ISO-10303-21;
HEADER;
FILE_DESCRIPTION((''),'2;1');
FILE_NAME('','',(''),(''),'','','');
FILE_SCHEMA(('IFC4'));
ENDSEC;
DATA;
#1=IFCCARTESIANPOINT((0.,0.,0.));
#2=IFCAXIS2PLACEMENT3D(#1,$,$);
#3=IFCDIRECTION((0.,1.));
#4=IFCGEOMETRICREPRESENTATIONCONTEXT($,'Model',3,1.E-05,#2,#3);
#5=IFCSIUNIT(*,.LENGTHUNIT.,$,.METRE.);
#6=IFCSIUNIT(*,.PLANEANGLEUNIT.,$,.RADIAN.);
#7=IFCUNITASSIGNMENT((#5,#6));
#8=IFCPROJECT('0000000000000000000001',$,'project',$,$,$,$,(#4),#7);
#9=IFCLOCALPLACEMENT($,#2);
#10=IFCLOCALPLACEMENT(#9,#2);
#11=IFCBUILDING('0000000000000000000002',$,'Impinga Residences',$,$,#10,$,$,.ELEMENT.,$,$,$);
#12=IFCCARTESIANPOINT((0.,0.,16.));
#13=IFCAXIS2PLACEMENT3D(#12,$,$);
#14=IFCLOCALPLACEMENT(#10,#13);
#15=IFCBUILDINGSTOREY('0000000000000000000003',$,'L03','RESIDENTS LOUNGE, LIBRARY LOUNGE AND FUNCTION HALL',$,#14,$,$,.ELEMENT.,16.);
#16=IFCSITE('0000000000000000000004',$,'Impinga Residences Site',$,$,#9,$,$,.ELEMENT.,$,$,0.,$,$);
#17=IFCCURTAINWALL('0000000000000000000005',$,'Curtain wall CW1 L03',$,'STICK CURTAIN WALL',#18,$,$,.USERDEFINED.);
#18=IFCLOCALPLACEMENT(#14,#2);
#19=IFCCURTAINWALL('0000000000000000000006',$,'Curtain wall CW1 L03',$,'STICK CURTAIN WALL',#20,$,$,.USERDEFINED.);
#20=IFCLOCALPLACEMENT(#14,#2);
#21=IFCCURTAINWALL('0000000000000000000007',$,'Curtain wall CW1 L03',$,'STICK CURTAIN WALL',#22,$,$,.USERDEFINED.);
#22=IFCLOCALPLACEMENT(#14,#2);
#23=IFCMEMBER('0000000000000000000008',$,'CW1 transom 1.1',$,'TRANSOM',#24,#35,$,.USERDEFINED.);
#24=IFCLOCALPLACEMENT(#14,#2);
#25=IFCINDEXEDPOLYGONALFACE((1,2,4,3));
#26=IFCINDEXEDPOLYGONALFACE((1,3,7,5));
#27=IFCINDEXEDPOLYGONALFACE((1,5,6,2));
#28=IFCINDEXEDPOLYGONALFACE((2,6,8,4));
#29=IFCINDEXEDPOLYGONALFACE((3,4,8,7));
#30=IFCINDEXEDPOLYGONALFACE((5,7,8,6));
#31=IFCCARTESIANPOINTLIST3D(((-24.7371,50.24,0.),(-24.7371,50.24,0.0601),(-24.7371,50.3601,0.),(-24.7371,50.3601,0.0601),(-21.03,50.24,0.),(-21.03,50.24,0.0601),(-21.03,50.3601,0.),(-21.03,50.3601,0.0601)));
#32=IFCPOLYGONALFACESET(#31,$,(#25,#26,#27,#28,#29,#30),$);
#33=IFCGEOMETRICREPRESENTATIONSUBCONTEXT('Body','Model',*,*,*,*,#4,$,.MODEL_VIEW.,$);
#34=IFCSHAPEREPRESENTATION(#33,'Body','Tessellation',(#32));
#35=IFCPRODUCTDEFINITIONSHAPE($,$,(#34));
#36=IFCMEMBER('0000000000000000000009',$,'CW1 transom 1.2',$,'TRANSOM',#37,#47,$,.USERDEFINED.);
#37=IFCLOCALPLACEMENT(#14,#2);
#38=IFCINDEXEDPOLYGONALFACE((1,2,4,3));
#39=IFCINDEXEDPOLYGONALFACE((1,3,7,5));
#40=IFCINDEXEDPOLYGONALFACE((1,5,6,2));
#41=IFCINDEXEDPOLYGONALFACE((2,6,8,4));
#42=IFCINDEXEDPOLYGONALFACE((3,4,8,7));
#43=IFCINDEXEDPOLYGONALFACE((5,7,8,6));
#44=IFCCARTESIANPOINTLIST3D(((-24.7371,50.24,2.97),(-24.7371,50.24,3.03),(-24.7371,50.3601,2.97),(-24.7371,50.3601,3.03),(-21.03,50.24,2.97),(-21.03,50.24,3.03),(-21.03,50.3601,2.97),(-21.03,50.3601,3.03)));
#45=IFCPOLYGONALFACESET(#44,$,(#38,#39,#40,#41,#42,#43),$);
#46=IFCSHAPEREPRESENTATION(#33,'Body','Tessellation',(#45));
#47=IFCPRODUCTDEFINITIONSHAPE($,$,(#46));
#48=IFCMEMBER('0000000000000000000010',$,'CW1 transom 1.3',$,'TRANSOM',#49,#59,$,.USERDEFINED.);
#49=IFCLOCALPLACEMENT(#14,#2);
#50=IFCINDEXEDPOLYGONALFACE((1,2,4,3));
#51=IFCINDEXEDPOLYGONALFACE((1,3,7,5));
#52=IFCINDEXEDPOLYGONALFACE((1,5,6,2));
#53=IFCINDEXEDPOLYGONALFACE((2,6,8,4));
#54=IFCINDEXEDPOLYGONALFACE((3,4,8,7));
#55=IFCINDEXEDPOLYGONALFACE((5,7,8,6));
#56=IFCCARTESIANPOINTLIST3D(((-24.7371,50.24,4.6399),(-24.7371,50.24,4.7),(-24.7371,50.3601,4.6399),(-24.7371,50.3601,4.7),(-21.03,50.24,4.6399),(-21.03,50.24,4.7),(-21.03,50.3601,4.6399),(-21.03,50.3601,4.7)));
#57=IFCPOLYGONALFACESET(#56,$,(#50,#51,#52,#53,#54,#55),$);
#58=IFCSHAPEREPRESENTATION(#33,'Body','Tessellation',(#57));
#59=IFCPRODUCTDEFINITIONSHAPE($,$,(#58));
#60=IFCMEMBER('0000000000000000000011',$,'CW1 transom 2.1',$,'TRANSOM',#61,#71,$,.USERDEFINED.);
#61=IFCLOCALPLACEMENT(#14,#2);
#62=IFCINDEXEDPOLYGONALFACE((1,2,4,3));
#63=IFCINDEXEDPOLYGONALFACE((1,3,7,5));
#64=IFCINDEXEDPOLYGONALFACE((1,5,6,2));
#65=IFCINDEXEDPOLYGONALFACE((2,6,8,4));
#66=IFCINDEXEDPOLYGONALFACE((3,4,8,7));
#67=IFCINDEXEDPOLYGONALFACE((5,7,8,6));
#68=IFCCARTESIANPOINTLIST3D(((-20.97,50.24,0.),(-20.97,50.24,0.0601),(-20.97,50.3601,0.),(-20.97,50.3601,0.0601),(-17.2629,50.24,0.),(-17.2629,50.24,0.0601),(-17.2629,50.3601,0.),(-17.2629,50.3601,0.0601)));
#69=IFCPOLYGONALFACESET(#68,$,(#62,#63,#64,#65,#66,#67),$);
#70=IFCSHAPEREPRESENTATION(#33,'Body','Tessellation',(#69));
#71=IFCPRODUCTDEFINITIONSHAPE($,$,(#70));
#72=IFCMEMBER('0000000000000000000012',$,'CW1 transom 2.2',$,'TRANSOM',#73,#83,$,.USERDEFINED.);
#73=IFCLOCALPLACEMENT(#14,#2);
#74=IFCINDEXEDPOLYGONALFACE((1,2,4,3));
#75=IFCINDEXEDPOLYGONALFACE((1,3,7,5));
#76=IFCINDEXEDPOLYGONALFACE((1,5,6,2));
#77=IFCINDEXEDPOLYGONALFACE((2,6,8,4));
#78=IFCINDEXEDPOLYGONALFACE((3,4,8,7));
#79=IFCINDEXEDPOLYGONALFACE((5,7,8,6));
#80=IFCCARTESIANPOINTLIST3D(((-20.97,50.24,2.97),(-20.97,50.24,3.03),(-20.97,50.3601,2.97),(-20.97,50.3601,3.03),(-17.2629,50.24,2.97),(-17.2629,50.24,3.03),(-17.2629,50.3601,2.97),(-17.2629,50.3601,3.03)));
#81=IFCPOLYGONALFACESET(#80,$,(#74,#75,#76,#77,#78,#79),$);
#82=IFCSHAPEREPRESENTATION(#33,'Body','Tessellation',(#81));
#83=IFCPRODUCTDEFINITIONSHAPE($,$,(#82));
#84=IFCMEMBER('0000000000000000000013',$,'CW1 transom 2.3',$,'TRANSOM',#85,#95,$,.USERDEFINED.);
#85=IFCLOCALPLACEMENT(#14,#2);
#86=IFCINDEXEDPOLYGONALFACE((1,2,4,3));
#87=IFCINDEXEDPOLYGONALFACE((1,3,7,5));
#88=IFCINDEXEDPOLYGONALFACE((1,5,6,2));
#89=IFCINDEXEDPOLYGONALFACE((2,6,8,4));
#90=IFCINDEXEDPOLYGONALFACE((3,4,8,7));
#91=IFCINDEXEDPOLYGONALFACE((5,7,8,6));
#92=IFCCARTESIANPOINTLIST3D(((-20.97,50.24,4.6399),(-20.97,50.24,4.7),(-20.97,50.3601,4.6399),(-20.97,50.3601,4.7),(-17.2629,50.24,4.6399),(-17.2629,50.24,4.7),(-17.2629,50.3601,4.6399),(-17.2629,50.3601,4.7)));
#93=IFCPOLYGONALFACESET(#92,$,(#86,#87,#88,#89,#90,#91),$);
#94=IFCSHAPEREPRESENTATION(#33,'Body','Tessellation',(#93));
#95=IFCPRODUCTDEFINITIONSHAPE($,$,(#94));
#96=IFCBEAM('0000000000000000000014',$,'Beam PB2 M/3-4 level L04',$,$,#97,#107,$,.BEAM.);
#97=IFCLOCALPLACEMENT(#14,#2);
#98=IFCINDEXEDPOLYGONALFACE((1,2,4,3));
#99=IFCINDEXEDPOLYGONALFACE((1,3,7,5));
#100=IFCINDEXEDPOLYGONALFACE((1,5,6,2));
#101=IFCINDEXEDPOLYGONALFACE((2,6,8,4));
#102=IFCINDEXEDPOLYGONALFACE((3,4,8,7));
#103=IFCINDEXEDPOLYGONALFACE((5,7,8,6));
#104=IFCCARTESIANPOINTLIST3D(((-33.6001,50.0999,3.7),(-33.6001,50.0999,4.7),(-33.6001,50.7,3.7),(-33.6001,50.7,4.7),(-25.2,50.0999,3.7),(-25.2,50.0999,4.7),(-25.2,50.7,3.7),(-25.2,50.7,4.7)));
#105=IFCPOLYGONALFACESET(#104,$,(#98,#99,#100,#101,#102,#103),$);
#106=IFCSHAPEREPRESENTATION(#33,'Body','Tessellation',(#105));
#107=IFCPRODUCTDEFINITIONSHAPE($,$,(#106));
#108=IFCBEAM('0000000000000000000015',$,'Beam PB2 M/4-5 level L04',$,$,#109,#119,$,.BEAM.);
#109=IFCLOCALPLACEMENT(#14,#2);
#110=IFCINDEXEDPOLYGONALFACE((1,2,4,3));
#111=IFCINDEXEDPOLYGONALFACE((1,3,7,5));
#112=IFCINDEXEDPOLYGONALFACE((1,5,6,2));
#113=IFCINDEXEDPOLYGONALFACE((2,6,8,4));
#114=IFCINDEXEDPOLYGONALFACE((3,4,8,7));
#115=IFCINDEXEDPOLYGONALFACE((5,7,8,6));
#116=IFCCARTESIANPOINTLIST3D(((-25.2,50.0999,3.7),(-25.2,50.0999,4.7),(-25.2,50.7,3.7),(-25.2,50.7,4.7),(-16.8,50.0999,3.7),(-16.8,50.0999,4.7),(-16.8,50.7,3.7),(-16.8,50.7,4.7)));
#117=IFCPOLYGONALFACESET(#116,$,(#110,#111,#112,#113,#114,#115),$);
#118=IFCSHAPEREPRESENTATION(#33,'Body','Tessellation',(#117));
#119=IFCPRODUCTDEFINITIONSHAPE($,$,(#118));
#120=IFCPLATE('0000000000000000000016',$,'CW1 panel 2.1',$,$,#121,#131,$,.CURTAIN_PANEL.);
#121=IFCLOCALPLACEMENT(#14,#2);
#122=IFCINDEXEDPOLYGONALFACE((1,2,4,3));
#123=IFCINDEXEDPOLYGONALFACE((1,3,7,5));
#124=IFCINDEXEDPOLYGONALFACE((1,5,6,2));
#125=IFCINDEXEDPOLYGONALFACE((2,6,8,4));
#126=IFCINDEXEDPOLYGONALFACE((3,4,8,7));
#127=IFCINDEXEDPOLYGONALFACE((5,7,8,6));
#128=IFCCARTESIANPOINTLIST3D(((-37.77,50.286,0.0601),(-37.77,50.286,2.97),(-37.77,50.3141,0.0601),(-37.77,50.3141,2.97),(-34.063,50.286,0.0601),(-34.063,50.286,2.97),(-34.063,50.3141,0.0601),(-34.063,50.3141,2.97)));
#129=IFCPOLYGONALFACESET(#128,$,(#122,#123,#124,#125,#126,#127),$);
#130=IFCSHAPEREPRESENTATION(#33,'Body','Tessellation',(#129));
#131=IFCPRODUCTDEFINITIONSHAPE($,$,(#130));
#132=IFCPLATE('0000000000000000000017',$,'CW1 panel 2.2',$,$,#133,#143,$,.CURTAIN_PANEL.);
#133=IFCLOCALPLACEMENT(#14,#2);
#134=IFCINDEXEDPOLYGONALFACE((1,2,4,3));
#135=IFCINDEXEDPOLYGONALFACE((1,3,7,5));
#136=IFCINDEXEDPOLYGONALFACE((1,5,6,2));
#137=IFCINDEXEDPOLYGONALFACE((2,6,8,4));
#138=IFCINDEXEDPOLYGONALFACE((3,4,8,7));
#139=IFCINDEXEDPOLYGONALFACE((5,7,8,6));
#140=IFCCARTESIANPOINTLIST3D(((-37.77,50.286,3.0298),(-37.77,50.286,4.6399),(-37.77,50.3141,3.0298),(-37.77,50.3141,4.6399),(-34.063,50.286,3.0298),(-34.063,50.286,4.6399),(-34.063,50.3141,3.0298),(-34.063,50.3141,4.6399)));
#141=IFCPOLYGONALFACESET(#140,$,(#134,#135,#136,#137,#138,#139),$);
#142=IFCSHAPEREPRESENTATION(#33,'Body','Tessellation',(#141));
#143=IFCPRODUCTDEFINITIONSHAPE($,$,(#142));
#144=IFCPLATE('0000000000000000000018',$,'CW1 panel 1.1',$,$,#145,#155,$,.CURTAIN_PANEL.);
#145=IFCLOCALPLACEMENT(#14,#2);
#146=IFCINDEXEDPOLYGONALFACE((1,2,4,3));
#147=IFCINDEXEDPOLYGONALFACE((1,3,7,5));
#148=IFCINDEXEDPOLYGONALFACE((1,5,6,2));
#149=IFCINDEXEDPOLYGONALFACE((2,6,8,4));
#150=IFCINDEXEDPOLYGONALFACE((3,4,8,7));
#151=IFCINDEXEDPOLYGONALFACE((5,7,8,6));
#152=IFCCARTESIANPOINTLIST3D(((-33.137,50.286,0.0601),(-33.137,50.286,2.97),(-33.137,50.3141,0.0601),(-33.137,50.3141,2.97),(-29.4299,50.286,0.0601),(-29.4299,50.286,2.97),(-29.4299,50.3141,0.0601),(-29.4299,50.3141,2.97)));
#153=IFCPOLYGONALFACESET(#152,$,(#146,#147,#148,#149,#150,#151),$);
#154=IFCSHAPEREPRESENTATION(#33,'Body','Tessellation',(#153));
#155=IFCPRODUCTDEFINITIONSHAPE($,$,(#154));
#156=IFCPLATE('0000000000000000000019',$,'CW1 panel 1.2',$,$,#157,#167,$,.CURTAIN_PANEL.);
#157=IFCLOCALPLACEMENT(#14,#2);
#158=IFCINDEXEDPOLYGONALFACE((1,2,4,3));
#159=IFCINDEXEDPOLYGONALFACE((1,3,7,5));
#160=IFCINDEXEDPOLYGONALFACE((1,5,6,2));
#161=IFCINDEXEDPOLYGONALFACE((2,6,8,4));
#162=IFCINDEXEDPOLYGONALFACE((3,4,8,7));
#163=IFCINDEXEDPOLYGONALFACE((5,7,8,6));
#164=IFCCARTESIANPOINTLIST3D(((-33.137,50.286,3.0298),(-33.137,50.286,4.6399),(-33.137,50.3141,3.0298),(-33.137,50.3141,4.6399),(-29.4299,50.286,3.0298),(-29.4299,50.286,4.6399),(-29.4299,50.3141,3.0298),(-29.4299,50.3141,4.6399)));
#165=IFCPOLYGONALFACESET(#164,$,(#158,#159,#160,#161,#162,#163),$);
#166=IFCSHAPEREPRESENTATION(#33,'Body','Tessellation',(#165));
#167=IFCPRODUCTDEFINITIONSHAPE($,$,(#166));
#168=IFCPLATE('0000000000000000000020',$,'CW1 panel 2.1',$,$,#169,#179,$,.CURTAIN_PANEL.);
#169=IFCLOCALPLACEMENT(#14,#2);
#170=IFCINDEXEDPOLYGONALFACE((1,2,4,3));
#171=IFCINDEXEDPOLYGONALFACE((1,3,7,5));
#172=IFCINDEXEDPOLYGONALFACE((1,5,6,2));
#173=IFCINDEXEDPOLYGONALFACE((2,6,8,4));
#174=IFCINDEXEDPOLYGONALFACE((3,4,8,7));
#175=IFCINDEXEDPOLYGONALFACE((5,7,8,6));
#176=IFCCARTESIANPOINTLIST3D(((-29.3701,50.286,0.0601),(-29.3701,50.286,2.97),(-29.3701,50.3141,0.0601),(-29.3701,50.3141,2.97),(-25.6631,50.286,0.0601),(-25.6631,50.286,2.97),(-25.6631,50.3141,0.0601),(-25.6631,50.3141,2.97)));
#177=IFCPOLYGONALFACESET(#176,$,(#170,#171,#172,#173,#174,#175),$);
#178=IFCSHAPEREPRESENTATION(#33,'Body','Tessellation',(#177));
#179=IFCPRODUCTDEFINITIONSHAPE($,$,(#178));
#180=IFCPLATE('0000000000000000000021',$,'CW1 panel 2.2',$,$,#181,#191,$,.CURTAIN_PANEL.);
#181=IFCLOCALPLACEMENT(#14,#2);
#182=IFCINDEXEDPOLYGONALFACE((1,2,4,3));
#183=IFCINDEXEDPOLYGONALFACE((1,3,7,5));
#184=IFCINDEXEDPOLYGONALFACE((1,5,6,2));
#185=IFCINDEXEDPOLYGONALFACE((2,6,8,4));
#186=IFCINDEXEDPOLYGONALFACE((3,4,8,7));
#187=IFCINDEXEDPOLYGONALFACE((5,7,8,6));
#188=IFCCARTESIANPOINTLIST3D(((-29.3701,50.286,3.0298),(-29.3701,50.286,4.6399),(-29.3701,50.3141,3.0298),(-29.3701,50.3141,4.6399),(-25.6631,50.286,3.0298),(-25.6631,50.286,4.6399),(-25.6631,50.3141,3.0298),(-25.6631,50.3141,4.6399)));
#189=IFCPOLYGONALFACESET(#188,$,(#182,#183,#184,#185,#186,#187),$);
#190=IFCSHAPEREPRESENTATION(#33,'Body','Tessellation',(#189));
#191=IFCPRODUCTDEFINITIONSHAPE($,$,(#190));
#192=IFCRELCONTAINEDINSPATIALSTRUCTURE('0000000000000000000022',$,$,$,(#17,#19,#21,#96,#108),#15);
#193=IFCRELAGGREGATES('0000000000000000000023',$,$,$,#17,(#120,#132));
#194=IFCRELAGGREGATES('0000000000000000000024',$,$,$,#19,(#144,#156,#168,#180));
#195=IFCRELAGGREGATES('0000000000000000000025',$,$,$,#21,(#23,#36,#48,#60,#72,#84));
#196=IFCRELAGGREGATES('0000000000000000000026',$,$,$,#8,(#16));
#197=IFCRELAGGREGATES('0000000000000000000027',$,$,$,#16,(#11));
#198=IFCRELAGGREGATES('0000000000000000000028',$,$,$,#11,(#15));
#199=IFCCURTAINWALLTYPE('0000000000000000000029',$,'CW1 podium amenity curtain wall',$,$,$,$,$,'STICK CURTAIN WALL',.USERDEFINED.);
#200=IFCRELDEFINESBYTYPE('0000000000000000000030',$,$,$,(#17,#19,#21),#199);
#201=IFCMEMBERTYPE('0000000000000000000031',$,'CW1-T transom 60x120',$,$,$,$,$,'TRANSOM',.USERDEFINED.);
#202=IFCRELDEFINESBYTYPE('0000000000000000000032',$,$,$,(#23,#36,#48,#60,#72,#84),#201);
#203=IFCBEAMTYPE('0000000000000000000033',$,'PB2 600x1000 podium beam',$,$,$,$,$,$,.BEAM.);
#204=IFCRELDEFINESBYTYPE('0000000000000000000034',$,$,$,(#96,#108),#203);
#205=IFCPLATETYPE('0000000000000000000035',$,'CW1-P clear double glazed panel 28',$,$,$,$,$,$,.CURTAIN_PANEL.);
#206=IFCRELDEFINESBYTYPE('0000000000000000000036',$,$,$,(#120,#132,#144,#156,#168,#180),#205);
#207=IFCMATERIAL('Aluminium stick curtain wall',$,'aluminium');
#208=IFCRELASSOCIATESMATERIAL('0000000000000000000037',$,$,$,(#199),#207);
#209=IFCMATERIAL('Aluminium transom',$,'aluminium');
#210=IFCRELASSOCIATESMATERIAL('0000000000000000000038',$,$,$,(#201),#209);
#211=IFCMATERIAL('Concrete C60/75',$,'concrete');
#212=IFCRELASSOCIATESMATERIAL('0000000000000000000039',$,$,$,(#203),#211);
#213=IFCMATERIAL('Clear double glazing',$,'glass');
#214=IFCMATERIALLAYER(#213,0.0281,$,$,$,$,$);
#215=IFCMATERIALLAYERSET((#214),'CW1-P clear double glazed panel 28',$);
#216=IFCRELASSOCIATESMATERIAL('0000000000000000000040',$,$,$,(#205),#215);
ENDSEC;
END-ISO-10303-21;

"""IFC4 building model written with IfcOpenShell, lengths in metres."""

from ifc_helpers import new_model, si_unit, direction, frame, origin, origin_2d, place, context, subcontext, project, spatial, rectangle, extrude, material, layer, layer_set, material_profile, profile_set, type_object, element, aggregate, save


model = new_model("IFC4")

# Units and contexts
model_context = context("Model", 3, precision=1e-05, world=origin(), true_north=direction((0.0, 1.0)))
body_context = subcontext(model_context, "Body", "Model", "MODEL_VIEW")
ifc_project = project(units=[si_unit("LENGTHUNIT", "METRE"), si_unit("PLANEANGLEUNIT", "RADIAN")], contexts=[model_context])

# Site, building, storey
site_placement = place(None, origin())
site = spatial("IfcSite", under=ifc_project, at=site_placement, Name="Impinga Residences Site", CompositionType="ELEMENT", RefElevation=0.0)
building_placement = place(site_placement, origin())
building = spatial("IfcBuilding", under=site, at=building_placement, Name="Impinga Residences", CompositionType="ELEMENT")
storey_placement = place(building_placement, frame((0.0, 0.0, 16.0)))
storey = spatial("IfcBuildingStorey", under=building, at=storey_placement, Name="L03", Description="RESIDENTS LOUNGE, LIBRARY LOUNGE AND FUNCTION HALL", CompositionType="ELEMENT", Elevation=16.0)

# Curtain wall
ifc_material_1 = material(Name="Aluminium stick curtain wall", Category="aluminium")
curtain_wall_type = type_object("IfcCurtainWallType", Name="CW1 podium amenity curtain wall", ElementType="STICK CURTAIN WALL", PredefinedType="USERDEFINED", material=ifc_material_1)
curtain_wall_1_placement = place(storey_placement, origin())
curtain_wall_1 = element("IfcCurtainWall", 1, at=curtain_wall_1_placement, inside=storey, type_object=curtain_wall_type, Name="Curtain wall CW1 L03", ObjectType="STICK CURTAIN WALL", PredefinedType="USERDEFINED")

# Curtain walls
curtain_wall_2_placement = place(storey_placement, origin())
curtain_wall_2 = element("IfcCurtainWall", 2, at=curtain_wall_2_placement, inside=storey, type_object=curtain_wall_type, Name="Curtain wall CW1 L03", ObjectType="STICK CURTAIN WALL", PredefinedType="USERDEFINED")
curtain_wall_3_placement = place(storey_placement, origin())
curtain_wall_3 = element("IfcCurtainWall", 3, at=curtain_wall_3_placement, inside=storey, type_object=curtain_wall_type, Name="Curtain wall CW1 L03", ObjectType="STICK CURTAIN WALL", PredefinedType="USERDEFINED")

# Members
ifc_material_2 = material(Name="Aluminium transom", Category="aluminium")
ifc_material_profile_1 = material_profile(ifc_material_2, rectangle(XDim=0.0601, YDim=0.1201, at=origin_2d()), Name="60x120 transom")
ifc_profile_set_1 = profile_set([ifc_material_profile_1], Name="Aluminium transom")
member_type_1 = type_object("IfcMemberType", Name="CW1-T transom 60x120", ElementType="TRANSOM", PredefinedType="USERDEFINED", material=ifc_profile_set_1)
member_1_placement = place(storey_placement, frame((-24.7371, 50.3, 0.03), z_axis=(1.0, 0.0, 0.0), x_axis=(0.0, 0.0, 1.0)))
member_1 = element("IfcMember", 4, at=member_1_placement, type_object=member_type_1, Name="CW1 transom 1.1", ObjectType="TRANSOM", PredefinedType="USERDEFINED", context=body_context, shape_type="SweptSolid", body=[
    extrude(rectangle(XDim=0.0601, YDim=0.1201, at=origin_2d()), origin(), (0.0, 0.0, 1.0), 3.707),
])
member_2_placement = place(storey_placement, frame((-24.7371, 50.3, 3.0), z_axis=(1.0, 0.0, 0.0), x_axis=(0.0, 0.0, 1.0)))
member_2 = element("IfcMember", 5, at=member_2_placement, type_object=member_type_1, Name="CW1 transom 1.2", ObjectType="TRANSOM", PredefinedType="USERDEFINED", context=body_context, shape_type="SweptSolid", body=[
    extrude(rectangle(XDim=0.0601, YDim=0.1201, at=origin_2d()), origin(), (0.0, 0.0, 1.0), 3.707),
])
member_3_placement = place(storey_placement, frame((-24.7371, 50.3, 4.6699), z_axis=(1.0, 0.0, 0.0), x_axis=(0.0, 0.0, 1.0)))
member_3 = element("IfcMember", 6, at=member_3_placement, type_object=member_type_1, Name="CW1 transom 1.3", ObjectType="TRANSOM", PredefinedType="USERDEFINED", context=body_context, shape_type="SweptSolid", body=[
    extrude(rectangle(XDim=0.0601, YDim=0.1201, at=origin_2d()), origin(), (0.0, 0.0, 1.0), 3.707),
])
member_4_placement = place(storey_placement, frame((-20.97, 50.3, 0.03), z_axis=(1.0, 0.0, 0.0), x_axis=(0.0, 0.0, 1.0)))
member_4 = element("IfcMember", 7, at=member_4_placement, type_object=member_type_1, Name="CW1 transom 2.1", ObjectType="TRANSOM", PredefinedType="USERDEFINED", context=body_context, shape_type="SweptSolid", body=[
    extrude(rectangle(XDim=0.0601, YDim=0.1201, at=origin_2d()), origin(), (0.0, 0.0, 1.0), 3.707),
])
member_5_placement = place(storey_placement, frame((-20.97, 50.3, 3.0), z_axis=(1.0, 0.0, 0.0), x_axis=(0.0, 0.0, 1.0)))
member_5 = element("IfcMember", 8, at=member_5_placement, type_object=member_type_1, Name="CW1 transom 2.2", ObjectType="TRANSOM", PredefinedType="USERDEFINED", context=body_context, shape_type="SweptSolid", body=[
    extrude(rectangle(XDim=0.0601, YDim=0.1201, at=origin_2d()), origin(), (0.0, 0.0, 1.0), 3.707),
])
member_6_placement = place(storey_placement, frame((-20.97, 50.3, 4.6699), z_axis=(1.0, 0.0, 0.0), x_axis=(0.0, 0.0, 1.0)))
member_6 = element("IfcMember", 9, at=member_6_placement, type_object=member_type_1, Name="CW1 transom 2.3", ObjectType="TRANSOM", PredefinedType="USERDEFINED", context=body_context, shape_type="SweptSolid", body=[
    extrude(rectangle(XDim=0.0601, YDim=0.1201, at=origin_2d()), origin(), (0.0, 0.0, 1.0), 3.707),
])

# Beams
ifc_material_3 = material(Name="Concrete C60/75", Category="concrete")
ifc_material_profile_2 = material_profile(ifc_material_3, rectangle(XDim=0.6001, YDim=1.0, at=origin_2d()), Name="RC 600x1000")
ifc_profile_set_2 = profile_set([ifc_material_profile_2], Name="Concrete C60/75")
beam_type = type_object("IfcBeamType", Name="PB2 600x1000 podium beam", PredefinedType="BEAM", material=ifc_profile_set_2)
beam_1_placement = place(storey_placement, frame((-33.6001, 50.3999, 4.2), z_axis=(1.0, 0.0, 0.0), x_axis=(0.0, 1.0, 0.0)))
element("IfcBeam", 10, at=beam_1_placement, inside=storey, type_object=beam_type, Name="Beam PB2 M/3-4 level L04", PredefinedType="BEAM", context=body_context, shape_type="SweptSolid", body=[
    extrude(rectangle(XDim=0.6001, YDim=1.0, at=origin_2d()), origin(), (0.0, 0.0, 1.0), 8.4001),
])
beam_2_placement = place(storey_placement, frame((-25.2, 50.3999, 4.2), z_axis=(1.0, 0.0, 0.0), x_axis=(0.0, 1.0, 0.0)))
element("IfcBeam", 11, at=beam_2_placement, inside=storey, type_object=beam_type, Name="Beam PB2 M/4-5 level L04", PredefinedType="BEAM", context=body_context, shape_type="SweptSolid", body=[
    extrude(rectangle(XDim=0.6001, YDim=1.0, at=origin_2d()), origin(), (0.0, 0.0, 1.0), 8.3999),
])

# Plates
ifc_material_4 = material(Name="Clear double glazing", Category="glass")
ifc_layer = layer(ifc_material_4, 0.0281)
ifc_layer_set = layer_set([ifc_layer], Name="CW1-P clear double glazed panel 28")
plate_type = type_object("IfcPlateType", Name="CW1-P clear double glazed panel 28", PredefinedType="CURTAIN_PANEL", material=ifc_layer_set)
plate_1_placement = place(storey_placement, frame((-35.9165, 50.3, 0.0601), z_axis=(0.0, 0.0, 1.0), x_axis=(1.0, 0.0, 0.0)))
plate_1 = element("IfcPlate", 12, at=plate_1_placement, type_object=plate_type, Name="CW1 panel 2.1", PredefinedType="CURTAIN_PANEL", context=body_context, shape_type="SweptSolid", body=[
    extrude(rectangle(XDim=3.707, YDim=0.0281, at=origin_2d()), origin(), (0.0, 0.0, 1.0), 2.9099),
])
plate_2_placement = place(storey_placement, frame((-35.9165, 50.3, 3.0298), z_axis=(0.0, 0.0, 1.0), x_axis=(1.0, 0.0, 0.0)))
plate_2 = element("IfcPlate", 13, at=plate_2_placement, type_object=plate_type, Name="CW1 panel 2.2", PredefinedType="CURTAIN_PANEL", context=body_context, shape_type="SweptSolid", body=[
    extrude(rectangle(XDim=3.707, YDim=0.0281, at=origin_2d()), origin(), (0.0, 0.0, 1.0), 1.6101),
])
aggregate(curtain_wall_1, [plate_1, plate_2])
plate_3_placement = place(storey_placement, frame((-31.2834, 50.3, 0.0601), z_axis=(0.0, 0.0, 1.0), x_axis=(1.0, 0.0, 0.0)))
plate_3 = element("IfcPlate", 14, at=plate_3_placement, type_object=plate_type, Name="CW1 panel 1.1", PredefinedType="CURTAIN_PANEL", context=body_context, shape_type="SweptSolid", body=[
    extrude(rectangle(XDim=3.707, YDim=0.0281, at=origin_2d()), origin(), (0.0, 0.0, 1.0), 2.9099),
])
plate_4_placement = place(storey_placement, frame((-31.2834, 50.3, 3.0298), z_axis=(0.0, 0.0, 1.0), x_axis=(1.0, 0.0, 0.0)))
plate_4 = element("IfcPlate", 15, at=plate_4_placement, type_object=plate_type, Name="CW1 panel 1.2", PredefinedType="CURTAIN_PANEL", context=body_context, shape_type="SweptSolid", body=[
    extrude(rectangle(XDim=3.707, YDim=0.0281, at=origin_2d()), origin(), (0.0, 0.0, 1.0), 1.6101),
])
plate_5_placement = place(storey_placement, frame((-27.5166, 50.3, 0.0601), z_axis=(0.0, 0.0, 1.0), x_axis=(1.0, 0.0, 0.0)))
plate_5 = element("IfcPlate", 16, at=plate_5_placement, type_object=plate_type, Name="CW1 panel 2.1", PredefinedType="CURTAIN_PANEL", context=body_context, shape_type="SweptSolid", body=[
    extrude(rectangle(XDim=3.707, YDim=0.0281, at=origin_2d()), origin(), (0.0, 0.0, 1.0), 2.9099),
])
plate_6_placement = place(storey_placement, frame((-27.5166, 50.3, 3.0298), z_axis=(0.0, 0.0, 1.0), x_axis=(1.0, 0.0, 0.0)))
plate_6 = element("IfcPlate", 17, at=plate_6_placement, type_object=plate_type, Name="CW1 panel 2.2", PredefinedType="CURTAIN_PANEL", context=body_context, shape_type="SweptSolid", body=[
    extrude(rectangle(XDim=3.707, YDim=0.0281, at=origin_2d()), origin(), (0.0, 0.0, 1.0), 1.6101),
])
aggregate(curtain_wall_2, [plate_3, plate_4, plate_5, plate_6])
aggregate(curtain_wall_3, [member_1, member_2, member_3, member_4, member_5, member_6])

save(model, "model.ifc")
